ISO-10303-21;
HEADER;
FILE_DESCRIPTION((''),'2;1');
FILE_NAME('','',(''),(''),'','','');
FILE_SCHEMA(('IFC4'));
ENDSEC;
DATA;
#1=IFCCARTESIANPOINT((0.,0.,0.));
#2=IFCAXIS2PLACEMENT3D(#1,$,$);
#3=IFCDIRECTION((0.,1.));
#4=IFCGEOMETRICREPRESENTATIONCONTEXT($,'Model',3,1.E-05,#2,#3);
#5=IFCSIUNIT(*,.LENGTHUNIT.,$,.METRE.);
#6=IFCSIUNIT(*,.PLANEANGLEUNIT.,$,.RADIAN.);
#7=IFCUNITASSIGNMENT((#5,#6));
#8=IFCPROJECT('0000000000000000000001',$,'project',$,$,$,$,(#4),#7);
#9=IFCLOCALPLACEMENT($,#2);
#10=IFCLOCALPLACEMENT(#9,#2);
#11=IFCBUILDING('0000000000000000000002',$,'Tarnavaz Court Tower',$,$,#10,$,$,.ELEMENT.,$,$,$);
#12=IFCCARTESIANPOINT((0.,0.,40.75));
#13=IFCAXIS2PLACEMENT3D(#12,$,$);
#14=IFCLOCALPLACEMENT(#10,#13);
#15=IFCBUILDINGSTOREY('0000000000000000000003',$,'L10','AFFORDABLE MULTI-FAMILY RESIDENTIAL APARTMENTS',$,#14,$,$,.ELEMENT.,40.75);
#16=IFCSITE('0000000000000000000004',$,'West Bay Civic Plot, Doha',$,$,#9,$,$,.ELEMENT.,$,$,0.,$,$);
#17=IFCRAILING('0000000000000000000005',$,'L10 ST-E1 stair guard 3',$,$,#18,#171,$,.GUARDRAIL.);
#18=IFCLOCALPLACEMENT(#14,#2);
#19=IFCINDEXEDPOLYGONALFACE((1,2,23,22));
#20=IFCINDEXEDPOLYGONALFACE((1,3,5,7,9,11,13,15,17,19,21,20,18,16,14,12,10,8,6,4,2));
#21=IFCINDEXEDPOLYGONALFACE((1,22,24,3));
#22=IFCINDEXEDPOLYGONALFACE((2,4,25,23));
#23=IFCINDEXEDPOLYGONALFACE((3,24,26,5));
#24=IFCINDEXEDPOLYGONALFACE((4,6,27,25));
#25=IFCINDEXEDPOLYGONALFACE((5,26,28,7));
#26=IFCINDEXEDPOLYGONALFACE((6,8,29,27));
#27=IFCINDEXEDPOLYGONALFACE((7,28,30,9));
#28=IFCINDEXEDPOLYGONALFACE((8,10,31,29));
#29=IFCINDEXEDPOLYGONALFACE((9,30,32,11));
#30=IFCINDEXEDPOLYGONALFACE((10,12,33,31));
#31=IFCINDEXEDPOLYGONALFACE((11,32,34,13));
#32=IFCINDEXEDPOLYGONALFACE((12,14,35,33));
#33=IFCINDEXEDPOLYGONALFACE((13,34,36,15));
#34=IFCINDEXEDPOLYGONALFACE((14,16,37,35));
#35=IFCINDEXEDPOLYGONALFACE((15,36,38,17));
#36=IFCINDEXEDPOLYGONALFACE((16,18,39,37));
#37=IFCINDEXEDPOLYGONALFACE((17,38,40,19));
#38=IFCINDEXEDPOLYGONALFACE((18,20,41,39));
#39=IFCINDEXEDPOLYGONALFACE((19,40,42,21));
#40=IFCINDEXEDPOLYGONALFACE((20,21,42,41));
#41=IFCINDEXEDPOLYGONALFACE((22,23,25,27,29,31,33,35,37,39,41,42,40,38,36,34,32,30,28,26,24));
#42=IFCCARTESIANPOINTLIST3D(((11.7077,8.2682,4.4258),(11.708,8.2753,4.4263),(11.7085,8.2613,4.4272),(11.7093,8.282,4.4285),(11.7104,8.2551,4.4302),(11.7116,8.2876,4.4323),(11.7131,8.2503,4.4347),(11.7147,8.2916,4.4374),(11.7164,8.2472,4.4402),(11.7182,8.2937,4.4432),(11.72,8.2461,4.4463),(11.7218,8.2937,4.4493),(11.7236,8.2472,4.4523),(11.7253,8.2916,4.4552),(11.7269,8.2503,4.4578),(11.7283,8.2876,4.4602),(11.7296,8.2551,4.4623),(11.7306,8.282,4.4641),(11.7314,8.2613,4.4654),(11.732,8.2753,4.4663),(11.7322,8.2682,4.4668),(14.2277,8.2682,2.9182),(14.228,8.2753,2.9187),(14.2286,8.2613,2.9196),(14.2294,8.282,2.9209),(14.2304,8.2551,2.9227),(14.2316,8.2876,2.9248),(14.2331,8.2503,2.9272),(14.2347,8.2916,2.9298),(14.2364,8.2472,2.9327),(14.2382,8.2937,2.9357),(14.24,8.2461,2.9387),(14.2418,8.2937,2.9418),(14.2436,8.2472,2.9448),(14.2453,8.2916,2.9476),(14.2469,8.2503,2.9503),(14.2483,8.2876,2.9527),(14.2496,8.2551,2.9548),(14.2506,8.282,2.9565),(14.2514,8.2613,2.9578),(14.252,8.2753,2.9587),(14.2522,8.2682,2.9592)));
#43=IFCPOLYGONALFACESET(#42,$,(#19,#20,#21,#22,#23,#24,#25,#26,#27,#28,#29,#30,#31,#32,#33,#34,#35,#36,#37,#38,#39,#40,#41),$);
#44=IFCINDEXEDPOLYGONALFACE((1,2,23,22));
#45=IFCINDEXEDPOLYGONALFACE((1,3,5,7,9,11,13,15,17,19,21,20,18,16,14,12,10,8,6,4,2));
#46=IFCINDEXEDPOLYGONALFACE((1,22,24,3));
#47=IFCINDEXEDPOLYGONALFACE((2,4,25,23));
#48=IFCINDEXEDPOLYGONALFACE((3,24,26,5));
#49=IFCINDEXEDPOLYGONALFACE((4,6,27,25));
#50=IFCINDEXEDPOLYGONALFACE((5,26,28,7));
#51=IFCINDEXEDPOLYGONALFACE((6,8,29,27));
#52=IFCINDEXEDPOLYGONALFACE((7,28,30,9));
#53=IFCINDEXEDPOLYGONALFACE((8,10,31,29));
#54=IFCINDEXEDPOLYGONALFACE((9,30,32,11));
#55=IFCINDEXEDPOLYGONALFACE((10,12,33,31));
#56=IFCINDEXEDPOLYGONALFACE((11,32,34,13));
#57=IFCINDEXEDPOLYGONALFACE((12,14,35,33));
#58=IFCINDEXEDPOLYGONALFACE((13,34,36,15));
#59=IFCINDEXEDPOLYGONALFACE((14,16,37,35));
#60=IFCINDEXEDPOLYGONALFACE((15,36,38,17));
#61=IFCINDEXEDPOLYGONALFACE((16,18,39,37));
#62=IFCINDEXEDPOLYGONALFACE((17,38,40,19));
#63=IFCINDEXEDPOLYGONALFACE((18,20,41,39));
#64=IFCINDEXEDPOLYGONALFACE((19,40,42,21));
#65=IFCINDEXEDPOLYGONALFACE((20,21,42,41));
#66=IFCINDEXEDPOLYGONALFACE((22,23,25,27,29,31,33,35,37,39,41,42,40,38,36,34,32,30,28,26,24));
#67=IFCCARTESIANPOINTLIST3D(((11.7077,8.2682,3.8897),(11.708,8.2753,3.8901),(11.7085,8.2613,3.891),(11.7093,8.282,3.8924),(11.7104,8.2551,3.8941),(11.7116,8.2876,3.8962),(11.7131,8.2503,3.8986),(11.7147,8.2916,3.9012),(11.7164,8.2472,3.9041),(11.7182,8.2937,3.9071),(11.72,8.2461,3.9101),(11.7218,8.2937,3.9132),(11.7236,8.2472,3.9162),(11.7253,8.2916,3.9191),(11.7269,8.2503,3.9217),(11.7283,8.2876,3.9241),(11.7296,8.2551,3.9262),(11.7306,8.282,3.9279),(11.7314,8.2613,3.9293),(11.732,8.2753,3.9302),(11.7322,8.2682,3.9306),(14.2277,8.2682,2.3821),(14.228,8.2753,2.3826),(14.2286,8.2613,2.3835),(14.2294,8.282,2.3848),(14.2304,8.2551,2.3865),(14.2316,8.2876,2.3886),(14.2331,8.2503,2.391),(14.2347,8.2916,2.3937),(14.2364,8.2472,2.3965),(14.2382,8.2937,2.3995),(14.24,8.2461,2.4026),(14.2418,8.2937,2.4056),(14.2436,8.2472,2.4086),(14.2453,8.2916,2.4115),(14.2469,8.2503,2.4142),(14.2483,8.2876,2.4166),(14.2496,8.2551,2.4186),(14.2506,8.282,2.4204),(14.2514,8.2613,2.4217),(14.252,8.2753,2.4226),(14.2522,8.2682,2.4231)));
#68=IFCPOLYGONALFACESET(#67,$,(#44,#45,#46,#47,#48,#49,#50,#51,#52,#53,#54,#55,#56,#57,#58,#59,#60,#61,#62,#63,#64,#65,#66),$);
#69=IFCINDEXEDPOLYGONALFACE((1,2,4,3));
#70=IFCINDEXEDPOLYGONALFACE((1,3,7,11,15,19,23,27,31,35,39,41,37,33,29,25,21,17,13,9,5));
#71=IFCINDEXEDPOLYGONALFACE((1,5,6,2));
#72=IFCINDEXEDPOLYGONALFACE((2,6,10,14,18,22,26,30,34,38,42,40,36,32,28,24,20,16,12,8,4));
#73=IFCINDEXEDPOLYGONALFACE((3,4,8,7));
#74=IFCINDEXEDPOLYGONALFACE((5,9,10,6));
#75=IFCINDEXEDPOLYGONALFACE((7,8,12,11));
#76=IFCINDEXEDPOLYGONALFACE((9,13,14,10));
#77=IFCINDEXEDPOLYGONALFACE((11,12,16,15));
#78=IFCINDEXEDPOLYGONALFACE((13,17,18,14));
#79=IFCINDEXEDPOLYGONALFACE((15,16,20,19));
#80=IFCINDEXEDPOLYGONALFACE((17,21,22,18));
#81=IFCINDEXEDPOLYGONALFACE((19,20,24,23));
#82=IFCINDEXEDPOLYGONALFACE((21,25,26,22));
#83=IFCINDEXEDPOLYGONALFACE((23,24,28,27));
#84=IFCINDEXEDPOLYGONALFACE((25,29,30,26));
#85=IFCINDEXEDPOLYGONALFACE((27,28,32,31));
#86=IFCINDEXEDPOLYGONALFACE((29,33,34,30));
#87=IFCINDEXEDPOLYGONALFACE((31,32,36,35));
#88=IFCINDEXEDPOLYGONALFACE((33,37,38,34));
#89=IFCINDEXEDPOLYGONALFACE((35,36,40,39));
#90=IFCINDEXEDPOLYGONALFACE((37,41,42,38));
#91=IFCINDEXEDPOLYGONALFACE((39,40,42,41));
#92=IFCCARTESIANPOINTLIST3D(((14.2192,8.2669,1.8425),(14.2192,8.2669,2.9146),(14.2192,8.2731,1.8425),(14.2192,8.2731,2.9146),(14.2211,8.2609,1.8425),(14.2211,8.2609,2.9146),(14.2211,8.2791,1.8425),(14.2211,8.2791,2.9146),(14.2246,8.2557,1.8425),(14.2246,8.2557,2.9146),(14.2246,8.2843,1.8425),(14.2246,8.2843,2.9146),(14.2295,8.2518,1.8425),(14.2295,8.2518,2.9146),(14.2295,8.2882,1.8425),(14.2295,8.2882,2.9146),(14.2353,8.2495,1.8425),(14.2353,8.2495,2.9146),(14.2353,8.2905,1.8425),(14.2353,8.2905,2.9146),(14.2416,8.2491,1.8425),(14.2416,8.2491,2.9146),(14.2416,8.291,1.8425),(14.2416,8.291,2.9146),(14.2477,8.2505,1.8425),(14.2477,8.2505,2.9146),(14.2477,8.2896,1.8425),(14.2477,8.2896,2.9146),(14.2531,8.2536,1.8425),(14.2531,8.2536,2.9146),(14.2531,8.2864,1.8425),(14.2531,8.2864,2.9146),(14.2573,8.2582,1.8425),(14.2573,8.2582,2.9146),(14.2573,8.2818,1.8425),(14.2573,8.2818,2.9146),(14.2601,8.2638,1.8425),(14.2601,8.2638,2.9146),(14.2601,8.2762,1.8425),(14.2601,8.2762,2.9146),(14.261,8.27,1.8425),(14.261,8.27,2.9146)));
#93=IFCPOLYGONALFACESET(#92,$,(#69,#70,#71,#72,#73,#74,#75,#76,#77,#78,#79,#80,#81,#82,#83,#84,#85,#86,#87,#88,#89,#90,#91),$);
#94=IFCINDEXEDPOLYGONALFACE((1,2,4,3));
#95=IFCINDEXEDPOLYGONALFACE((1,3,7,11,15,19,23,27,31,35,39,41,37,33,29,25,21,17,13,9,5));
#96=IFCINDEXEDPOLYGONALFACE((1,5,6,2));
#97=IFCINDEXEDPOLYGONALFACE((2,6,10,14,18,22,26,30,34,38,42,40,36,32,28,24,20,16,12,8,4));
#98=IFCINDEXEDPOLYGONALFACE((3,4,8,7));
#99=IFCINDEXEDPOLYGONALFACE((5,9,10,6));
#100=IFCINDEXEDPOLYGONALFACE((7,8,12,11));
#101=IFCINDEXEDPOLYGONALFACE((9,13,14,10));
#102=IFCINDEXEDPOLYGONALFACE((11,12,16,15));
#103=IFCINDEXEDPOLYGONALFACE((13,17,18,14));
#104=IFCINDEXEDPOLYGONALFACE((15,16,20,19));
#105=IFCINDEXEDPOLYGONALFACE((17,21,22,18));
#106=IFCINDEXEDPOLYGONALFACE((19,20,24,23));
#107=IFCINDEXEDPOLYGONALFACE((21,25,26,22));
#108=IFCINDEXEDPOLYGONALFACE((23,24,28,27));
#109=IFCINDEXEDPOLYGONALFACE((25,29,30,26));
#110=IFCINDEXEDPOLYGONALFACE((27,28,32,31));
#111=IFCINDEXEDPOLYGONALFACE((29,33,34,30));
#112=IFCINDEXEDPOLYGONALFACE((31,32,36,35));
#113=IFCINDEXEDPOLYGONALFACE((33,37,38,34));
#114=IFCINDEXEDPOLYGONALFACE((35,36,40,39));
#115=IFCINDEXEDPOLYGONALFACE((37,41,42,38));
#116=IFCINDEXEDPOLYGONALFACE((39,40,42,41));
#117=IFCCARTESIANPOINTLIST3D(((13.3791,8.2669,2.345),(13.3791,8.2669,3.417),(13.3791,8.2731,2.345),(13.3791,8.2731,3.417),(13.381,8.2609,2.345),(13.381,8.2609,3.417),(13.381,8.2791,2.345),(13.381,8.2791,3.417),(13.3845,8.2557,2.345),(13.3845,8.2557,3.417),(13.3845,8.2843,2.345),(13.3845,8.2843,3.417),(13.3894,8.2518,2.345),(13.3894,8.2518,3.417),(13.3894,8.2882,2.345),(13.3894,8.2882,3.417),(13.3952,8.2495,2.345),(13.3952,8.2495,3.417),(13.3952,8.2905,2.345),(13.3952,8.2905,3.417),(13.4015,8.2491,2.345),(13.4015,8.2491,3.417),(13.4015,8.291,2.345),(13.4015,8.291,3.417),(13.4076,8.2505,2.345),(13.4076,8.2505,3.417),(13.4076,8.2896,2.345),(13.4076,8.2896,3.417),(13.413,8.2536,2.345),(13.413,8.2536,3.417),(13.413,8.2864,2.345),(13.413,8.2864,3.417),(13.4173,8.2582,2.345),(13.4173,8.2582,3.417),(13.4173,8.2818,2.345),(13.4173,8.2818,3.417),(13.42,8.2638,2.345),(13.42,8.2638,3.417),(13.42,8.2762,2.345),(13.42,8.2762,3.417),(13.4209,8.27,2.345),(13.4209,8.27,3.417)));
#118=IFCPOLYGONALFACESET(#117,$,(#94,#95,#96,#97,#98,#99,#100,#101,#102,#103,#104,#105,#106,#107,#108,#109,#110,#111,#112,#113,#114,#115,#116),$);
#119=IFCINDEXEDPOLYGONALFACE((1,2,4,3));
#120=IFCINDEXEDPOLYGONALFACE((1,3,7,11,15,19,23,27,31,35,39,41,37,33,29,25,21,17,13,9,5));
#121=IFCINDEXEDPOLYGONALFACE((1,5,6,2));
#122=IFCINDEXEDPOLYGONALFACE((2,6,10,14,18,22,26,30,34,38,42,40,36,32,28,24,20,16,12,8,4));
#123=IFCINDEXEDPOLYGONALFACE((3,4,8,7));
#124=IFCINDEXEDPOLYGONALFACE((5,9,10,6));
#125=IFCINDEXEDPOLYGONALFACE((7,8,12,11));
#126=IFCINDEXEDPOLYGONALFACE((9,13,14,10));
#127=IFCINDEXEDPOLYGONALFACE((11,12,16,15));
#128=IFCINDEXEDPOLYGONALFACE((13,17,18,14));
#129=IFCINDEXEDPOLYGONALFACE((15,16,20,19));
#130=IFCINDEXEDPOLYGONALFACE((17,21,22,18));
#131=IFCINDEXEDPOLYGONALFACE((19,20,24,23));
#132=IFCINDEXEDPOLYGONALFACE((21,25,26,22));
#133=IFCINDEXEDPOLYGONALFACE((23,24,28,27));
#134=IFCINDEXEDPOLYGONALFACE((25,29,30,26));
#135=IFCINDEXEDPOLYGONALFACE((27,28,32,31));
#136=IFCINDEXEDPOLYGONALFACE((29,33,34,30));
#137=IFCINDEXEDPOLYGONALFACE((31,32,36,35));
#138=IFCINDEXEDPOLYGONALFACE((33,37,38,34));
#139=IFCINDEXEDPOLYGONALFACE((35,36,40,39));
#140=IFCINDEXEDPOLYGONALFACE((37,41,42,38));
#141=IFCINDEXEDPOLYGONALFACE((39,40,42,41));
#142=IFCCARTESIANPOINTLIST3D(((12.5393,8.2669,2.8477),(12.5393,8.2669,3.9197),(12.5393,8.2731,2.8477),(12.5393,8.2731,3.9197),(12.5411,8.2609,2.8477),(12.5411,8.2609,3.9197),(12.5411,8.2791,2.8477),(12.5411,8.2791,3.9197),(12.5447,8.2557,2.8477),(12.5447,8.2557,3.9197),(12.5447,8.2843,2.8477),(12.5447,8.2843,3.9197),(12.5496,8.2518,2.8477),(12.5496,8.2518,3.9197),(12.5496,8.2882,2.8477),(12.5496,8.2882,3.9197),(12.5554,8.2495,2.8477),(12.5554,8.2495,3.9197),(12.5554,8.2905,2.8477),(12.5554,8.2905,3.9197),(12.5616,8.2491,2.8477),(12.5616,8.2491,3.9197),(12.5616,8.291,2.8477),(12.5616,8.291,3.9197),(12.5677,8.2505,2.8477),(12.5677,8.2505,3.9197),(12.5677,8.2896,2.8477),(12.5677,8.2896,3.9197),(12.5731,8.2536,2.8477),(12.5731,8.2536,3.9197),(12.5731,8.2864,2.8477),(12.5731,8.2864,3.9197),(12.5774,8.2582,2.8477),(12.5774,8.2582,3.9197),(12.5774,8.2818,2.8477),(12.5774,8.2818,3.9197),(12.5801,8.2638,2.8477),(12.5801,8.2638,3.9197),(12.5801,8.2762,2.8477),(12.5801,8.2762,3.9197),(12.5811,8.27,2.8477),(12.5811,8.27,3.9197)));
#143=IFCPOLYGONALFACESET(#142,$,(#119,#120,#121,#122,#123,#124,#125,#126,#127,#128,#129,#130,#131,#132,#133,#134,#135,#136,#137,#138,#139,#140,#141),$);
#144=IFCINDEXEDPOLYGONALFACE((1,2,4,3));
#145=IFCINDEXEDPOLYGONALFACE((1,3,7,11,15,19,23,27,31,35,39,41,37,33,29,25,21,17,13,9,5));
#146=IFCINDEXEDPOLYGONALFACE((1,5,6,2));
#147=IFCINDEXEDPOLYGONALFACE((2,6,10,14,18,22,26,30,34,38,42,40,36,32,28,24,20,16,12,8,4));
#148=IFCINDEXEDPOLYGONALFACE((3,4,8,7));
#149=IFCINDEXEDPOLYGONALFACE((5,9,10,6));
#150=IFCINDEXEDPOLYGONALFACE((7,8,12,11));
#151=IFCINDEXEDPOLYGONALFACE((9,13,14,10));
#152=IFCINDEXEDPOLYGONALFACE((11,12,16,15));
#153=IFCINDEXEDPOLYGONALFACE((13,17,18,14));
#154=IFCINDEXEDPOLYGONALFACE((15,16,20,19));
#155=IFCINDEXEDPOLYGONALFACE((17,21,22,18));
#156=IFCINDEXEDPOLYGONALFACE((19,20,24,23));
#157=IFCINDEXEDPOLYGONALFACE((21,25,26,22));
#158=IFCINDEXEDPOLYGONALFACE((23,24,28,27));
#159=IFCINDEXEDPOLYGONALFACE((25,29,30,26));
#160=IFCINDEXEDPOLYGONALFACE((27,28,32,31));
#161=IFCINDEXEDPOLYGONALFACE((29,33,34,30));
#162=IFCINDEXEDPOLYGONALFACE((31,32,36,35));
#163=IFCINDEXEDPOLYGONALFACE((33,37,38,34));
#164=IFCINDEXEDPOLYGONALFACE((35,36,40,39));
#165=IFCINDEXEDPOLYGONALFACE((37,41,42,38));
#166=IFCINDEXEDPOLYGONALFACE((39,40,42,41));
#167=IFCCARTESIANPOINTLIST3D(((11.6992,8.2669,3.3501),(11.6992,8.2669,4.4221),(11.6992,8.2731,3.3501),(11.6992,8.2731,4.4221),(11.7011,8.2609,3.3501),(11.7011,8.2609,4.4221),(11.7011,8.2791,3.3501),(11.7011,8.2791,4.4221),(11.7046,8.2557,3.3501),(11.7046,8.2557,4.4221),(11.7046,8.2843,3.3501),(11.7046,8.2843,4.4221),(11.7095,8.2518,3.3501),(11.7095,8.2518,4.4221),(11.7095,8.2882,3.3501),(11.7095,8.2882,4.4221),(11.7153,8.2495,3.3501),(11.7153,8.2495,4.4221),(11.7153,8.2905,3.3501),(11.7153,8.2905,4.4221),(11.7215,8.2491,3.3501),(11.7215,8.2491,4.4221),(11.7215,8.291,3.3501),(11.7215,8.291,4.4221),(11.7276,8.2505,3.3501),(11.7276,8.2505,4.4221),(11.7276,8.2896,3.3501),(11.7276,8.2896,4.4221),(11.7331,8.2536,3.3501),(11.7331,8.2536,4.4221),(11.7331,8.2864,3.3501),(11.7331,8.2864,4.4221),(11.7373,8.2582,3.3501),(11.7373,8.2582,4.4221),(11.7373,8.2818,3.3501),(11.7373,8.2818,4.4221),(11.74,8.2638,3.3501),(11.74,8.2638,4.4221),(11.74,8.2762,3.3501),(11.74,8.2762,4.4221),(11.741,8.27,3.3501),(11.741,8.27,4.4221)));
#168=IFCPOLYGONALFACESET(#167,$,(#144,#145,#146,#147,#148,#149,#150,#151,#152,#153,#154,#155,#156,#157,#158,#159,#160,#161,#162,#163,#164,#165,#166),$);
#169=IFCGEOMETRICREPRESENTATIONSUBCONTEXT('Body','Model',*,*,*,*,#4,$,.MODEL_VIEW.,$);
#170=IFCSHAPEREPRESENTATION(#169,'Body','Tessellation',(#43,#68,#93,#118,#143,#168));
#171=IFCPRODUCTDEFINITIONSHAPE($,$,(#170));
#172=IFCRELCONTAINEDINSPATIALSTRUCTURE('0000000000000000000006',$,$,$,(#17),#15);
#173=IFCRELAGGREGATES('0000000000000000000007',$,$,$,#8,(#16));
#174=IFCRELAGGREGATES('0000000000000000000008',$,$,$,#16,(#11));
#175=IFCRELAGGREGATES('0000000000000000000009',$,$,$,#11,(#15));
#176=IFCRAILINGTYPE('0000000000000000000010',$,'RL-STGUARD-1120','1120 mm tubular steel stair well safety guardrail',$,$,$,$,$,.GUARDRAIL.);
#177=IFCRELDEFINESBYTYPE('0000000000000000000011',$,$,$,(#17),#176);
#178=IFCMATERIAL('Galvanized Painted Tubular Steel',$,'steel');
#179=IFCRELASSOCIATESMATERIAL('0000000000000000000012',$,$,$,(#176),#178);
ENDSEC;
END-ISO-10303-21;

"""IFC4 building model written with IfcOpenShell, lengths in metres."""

from ifc_helpers import new_model, si_unit, direction, frame, origin, origin_2d, place, context, subcontext, project, spatial, circle, extrude, material, type_object, element, save


model = new_model("IFC4")

# Units and contexts
model_context = context("Model", 3, precision=1e-05, world=origin(), true_north=direction((0.0, 1.0)))
body_context = subcontext(model_context, "Body", "Model", "MODEL_VIEW")
ifc_project = project(units=[si_unit("LENGTHUNIT", "METRE"), si_unit("PLANEANGLEUNIT", "RADIAN")], contexts=[model_context])

# Site, building, storey
site_placement = place(None, origin())
site = spatial("IfcSite", under=ifc_project, at=site_placement, Name="West Bay Civic Plot, Doha", CompositionType="ELEMENT", RefElevation=0.0)
building_placement = place(site_placement, origin())
building = spatial("IfcBuilding", under=site, at=building_placement, Name="Tarnavaz Court Tower", CompositionType="ELEMENT")
storey_placement = place(building_placement, frame((0.0, 0.0, 40.75)))
storey = spatial("IfcBuildingStorey", under=building, at=storey_placement, Name="L10", Description="AFFORDABLE MULTI-FAMILY RESIDENTIAL APARTMENTS", CompositionType="ELEMENT", Elevation=40.75)

# Railing
ifc_material_1 = material(Name="Galvanized Painted Tubular Steel", Category="steel")
railing_type_1 = type_object("IfcRailingType", Name="RL-STGUARD-1120", Description="1120 mm tubular steel stair well safety guardrail", PredefinedType="GUARDRAIL", material=ifc_material_1)
railing_1_placement = place(storey_placement, frame((14.24, 8.27, 1.8425)))
element("IfcRailing", 1, at=railing_1_placement, inside=storey, type_object=railing_type_1, Name="L10 ST-E1 stair guard 3", PredefinedType="GUARDRAIL", context=body_context, shape_type="SweptSolid", body=[
    extrude(circle(Radius=0.0239, at=origin_2d()), frame((0.0, 0.0, 1.0962), z_axis=(-0.85816, 0.0, 0.513383), x_axis=(0.0, -1.0, 0.0)), (0.0, 0.0, 1.0), 2.9365),
    extrude(circle(Radius=0.0239, at=origin_2d()), frame((0.0, 0.0, 0.5601), z_axis=(-0.85816, 0.0, 0.513383), x_axis=(0.0, -1.0, 0.0)), (0.0, 0.0, 1.0), 2.9365),
    extrude(circle(Radius=0.021, at=origin_2d()), origin(), (0.0, 0.0, 1.0), 1.072),
    extrude(circle(Radius=0.021, at=origin_2d()), frame((-0.8401, 0.0, 0.5024)), (0.0, 0.0, 1.0), 1.072),
    extrude(circle(Radius=0.021, at=origin_2d()), frame((-1.6799, 0.0, 1.0051)), (0.0, 0.0, 1.0), 1.072),
    extrude(circle(Radius=0.021, at=origin_2d()), frame((-2.52, 0.0, 1.5076)), (0.0, 0.0, 1.0), 1.072),
])

save(model, "model.ifc")
